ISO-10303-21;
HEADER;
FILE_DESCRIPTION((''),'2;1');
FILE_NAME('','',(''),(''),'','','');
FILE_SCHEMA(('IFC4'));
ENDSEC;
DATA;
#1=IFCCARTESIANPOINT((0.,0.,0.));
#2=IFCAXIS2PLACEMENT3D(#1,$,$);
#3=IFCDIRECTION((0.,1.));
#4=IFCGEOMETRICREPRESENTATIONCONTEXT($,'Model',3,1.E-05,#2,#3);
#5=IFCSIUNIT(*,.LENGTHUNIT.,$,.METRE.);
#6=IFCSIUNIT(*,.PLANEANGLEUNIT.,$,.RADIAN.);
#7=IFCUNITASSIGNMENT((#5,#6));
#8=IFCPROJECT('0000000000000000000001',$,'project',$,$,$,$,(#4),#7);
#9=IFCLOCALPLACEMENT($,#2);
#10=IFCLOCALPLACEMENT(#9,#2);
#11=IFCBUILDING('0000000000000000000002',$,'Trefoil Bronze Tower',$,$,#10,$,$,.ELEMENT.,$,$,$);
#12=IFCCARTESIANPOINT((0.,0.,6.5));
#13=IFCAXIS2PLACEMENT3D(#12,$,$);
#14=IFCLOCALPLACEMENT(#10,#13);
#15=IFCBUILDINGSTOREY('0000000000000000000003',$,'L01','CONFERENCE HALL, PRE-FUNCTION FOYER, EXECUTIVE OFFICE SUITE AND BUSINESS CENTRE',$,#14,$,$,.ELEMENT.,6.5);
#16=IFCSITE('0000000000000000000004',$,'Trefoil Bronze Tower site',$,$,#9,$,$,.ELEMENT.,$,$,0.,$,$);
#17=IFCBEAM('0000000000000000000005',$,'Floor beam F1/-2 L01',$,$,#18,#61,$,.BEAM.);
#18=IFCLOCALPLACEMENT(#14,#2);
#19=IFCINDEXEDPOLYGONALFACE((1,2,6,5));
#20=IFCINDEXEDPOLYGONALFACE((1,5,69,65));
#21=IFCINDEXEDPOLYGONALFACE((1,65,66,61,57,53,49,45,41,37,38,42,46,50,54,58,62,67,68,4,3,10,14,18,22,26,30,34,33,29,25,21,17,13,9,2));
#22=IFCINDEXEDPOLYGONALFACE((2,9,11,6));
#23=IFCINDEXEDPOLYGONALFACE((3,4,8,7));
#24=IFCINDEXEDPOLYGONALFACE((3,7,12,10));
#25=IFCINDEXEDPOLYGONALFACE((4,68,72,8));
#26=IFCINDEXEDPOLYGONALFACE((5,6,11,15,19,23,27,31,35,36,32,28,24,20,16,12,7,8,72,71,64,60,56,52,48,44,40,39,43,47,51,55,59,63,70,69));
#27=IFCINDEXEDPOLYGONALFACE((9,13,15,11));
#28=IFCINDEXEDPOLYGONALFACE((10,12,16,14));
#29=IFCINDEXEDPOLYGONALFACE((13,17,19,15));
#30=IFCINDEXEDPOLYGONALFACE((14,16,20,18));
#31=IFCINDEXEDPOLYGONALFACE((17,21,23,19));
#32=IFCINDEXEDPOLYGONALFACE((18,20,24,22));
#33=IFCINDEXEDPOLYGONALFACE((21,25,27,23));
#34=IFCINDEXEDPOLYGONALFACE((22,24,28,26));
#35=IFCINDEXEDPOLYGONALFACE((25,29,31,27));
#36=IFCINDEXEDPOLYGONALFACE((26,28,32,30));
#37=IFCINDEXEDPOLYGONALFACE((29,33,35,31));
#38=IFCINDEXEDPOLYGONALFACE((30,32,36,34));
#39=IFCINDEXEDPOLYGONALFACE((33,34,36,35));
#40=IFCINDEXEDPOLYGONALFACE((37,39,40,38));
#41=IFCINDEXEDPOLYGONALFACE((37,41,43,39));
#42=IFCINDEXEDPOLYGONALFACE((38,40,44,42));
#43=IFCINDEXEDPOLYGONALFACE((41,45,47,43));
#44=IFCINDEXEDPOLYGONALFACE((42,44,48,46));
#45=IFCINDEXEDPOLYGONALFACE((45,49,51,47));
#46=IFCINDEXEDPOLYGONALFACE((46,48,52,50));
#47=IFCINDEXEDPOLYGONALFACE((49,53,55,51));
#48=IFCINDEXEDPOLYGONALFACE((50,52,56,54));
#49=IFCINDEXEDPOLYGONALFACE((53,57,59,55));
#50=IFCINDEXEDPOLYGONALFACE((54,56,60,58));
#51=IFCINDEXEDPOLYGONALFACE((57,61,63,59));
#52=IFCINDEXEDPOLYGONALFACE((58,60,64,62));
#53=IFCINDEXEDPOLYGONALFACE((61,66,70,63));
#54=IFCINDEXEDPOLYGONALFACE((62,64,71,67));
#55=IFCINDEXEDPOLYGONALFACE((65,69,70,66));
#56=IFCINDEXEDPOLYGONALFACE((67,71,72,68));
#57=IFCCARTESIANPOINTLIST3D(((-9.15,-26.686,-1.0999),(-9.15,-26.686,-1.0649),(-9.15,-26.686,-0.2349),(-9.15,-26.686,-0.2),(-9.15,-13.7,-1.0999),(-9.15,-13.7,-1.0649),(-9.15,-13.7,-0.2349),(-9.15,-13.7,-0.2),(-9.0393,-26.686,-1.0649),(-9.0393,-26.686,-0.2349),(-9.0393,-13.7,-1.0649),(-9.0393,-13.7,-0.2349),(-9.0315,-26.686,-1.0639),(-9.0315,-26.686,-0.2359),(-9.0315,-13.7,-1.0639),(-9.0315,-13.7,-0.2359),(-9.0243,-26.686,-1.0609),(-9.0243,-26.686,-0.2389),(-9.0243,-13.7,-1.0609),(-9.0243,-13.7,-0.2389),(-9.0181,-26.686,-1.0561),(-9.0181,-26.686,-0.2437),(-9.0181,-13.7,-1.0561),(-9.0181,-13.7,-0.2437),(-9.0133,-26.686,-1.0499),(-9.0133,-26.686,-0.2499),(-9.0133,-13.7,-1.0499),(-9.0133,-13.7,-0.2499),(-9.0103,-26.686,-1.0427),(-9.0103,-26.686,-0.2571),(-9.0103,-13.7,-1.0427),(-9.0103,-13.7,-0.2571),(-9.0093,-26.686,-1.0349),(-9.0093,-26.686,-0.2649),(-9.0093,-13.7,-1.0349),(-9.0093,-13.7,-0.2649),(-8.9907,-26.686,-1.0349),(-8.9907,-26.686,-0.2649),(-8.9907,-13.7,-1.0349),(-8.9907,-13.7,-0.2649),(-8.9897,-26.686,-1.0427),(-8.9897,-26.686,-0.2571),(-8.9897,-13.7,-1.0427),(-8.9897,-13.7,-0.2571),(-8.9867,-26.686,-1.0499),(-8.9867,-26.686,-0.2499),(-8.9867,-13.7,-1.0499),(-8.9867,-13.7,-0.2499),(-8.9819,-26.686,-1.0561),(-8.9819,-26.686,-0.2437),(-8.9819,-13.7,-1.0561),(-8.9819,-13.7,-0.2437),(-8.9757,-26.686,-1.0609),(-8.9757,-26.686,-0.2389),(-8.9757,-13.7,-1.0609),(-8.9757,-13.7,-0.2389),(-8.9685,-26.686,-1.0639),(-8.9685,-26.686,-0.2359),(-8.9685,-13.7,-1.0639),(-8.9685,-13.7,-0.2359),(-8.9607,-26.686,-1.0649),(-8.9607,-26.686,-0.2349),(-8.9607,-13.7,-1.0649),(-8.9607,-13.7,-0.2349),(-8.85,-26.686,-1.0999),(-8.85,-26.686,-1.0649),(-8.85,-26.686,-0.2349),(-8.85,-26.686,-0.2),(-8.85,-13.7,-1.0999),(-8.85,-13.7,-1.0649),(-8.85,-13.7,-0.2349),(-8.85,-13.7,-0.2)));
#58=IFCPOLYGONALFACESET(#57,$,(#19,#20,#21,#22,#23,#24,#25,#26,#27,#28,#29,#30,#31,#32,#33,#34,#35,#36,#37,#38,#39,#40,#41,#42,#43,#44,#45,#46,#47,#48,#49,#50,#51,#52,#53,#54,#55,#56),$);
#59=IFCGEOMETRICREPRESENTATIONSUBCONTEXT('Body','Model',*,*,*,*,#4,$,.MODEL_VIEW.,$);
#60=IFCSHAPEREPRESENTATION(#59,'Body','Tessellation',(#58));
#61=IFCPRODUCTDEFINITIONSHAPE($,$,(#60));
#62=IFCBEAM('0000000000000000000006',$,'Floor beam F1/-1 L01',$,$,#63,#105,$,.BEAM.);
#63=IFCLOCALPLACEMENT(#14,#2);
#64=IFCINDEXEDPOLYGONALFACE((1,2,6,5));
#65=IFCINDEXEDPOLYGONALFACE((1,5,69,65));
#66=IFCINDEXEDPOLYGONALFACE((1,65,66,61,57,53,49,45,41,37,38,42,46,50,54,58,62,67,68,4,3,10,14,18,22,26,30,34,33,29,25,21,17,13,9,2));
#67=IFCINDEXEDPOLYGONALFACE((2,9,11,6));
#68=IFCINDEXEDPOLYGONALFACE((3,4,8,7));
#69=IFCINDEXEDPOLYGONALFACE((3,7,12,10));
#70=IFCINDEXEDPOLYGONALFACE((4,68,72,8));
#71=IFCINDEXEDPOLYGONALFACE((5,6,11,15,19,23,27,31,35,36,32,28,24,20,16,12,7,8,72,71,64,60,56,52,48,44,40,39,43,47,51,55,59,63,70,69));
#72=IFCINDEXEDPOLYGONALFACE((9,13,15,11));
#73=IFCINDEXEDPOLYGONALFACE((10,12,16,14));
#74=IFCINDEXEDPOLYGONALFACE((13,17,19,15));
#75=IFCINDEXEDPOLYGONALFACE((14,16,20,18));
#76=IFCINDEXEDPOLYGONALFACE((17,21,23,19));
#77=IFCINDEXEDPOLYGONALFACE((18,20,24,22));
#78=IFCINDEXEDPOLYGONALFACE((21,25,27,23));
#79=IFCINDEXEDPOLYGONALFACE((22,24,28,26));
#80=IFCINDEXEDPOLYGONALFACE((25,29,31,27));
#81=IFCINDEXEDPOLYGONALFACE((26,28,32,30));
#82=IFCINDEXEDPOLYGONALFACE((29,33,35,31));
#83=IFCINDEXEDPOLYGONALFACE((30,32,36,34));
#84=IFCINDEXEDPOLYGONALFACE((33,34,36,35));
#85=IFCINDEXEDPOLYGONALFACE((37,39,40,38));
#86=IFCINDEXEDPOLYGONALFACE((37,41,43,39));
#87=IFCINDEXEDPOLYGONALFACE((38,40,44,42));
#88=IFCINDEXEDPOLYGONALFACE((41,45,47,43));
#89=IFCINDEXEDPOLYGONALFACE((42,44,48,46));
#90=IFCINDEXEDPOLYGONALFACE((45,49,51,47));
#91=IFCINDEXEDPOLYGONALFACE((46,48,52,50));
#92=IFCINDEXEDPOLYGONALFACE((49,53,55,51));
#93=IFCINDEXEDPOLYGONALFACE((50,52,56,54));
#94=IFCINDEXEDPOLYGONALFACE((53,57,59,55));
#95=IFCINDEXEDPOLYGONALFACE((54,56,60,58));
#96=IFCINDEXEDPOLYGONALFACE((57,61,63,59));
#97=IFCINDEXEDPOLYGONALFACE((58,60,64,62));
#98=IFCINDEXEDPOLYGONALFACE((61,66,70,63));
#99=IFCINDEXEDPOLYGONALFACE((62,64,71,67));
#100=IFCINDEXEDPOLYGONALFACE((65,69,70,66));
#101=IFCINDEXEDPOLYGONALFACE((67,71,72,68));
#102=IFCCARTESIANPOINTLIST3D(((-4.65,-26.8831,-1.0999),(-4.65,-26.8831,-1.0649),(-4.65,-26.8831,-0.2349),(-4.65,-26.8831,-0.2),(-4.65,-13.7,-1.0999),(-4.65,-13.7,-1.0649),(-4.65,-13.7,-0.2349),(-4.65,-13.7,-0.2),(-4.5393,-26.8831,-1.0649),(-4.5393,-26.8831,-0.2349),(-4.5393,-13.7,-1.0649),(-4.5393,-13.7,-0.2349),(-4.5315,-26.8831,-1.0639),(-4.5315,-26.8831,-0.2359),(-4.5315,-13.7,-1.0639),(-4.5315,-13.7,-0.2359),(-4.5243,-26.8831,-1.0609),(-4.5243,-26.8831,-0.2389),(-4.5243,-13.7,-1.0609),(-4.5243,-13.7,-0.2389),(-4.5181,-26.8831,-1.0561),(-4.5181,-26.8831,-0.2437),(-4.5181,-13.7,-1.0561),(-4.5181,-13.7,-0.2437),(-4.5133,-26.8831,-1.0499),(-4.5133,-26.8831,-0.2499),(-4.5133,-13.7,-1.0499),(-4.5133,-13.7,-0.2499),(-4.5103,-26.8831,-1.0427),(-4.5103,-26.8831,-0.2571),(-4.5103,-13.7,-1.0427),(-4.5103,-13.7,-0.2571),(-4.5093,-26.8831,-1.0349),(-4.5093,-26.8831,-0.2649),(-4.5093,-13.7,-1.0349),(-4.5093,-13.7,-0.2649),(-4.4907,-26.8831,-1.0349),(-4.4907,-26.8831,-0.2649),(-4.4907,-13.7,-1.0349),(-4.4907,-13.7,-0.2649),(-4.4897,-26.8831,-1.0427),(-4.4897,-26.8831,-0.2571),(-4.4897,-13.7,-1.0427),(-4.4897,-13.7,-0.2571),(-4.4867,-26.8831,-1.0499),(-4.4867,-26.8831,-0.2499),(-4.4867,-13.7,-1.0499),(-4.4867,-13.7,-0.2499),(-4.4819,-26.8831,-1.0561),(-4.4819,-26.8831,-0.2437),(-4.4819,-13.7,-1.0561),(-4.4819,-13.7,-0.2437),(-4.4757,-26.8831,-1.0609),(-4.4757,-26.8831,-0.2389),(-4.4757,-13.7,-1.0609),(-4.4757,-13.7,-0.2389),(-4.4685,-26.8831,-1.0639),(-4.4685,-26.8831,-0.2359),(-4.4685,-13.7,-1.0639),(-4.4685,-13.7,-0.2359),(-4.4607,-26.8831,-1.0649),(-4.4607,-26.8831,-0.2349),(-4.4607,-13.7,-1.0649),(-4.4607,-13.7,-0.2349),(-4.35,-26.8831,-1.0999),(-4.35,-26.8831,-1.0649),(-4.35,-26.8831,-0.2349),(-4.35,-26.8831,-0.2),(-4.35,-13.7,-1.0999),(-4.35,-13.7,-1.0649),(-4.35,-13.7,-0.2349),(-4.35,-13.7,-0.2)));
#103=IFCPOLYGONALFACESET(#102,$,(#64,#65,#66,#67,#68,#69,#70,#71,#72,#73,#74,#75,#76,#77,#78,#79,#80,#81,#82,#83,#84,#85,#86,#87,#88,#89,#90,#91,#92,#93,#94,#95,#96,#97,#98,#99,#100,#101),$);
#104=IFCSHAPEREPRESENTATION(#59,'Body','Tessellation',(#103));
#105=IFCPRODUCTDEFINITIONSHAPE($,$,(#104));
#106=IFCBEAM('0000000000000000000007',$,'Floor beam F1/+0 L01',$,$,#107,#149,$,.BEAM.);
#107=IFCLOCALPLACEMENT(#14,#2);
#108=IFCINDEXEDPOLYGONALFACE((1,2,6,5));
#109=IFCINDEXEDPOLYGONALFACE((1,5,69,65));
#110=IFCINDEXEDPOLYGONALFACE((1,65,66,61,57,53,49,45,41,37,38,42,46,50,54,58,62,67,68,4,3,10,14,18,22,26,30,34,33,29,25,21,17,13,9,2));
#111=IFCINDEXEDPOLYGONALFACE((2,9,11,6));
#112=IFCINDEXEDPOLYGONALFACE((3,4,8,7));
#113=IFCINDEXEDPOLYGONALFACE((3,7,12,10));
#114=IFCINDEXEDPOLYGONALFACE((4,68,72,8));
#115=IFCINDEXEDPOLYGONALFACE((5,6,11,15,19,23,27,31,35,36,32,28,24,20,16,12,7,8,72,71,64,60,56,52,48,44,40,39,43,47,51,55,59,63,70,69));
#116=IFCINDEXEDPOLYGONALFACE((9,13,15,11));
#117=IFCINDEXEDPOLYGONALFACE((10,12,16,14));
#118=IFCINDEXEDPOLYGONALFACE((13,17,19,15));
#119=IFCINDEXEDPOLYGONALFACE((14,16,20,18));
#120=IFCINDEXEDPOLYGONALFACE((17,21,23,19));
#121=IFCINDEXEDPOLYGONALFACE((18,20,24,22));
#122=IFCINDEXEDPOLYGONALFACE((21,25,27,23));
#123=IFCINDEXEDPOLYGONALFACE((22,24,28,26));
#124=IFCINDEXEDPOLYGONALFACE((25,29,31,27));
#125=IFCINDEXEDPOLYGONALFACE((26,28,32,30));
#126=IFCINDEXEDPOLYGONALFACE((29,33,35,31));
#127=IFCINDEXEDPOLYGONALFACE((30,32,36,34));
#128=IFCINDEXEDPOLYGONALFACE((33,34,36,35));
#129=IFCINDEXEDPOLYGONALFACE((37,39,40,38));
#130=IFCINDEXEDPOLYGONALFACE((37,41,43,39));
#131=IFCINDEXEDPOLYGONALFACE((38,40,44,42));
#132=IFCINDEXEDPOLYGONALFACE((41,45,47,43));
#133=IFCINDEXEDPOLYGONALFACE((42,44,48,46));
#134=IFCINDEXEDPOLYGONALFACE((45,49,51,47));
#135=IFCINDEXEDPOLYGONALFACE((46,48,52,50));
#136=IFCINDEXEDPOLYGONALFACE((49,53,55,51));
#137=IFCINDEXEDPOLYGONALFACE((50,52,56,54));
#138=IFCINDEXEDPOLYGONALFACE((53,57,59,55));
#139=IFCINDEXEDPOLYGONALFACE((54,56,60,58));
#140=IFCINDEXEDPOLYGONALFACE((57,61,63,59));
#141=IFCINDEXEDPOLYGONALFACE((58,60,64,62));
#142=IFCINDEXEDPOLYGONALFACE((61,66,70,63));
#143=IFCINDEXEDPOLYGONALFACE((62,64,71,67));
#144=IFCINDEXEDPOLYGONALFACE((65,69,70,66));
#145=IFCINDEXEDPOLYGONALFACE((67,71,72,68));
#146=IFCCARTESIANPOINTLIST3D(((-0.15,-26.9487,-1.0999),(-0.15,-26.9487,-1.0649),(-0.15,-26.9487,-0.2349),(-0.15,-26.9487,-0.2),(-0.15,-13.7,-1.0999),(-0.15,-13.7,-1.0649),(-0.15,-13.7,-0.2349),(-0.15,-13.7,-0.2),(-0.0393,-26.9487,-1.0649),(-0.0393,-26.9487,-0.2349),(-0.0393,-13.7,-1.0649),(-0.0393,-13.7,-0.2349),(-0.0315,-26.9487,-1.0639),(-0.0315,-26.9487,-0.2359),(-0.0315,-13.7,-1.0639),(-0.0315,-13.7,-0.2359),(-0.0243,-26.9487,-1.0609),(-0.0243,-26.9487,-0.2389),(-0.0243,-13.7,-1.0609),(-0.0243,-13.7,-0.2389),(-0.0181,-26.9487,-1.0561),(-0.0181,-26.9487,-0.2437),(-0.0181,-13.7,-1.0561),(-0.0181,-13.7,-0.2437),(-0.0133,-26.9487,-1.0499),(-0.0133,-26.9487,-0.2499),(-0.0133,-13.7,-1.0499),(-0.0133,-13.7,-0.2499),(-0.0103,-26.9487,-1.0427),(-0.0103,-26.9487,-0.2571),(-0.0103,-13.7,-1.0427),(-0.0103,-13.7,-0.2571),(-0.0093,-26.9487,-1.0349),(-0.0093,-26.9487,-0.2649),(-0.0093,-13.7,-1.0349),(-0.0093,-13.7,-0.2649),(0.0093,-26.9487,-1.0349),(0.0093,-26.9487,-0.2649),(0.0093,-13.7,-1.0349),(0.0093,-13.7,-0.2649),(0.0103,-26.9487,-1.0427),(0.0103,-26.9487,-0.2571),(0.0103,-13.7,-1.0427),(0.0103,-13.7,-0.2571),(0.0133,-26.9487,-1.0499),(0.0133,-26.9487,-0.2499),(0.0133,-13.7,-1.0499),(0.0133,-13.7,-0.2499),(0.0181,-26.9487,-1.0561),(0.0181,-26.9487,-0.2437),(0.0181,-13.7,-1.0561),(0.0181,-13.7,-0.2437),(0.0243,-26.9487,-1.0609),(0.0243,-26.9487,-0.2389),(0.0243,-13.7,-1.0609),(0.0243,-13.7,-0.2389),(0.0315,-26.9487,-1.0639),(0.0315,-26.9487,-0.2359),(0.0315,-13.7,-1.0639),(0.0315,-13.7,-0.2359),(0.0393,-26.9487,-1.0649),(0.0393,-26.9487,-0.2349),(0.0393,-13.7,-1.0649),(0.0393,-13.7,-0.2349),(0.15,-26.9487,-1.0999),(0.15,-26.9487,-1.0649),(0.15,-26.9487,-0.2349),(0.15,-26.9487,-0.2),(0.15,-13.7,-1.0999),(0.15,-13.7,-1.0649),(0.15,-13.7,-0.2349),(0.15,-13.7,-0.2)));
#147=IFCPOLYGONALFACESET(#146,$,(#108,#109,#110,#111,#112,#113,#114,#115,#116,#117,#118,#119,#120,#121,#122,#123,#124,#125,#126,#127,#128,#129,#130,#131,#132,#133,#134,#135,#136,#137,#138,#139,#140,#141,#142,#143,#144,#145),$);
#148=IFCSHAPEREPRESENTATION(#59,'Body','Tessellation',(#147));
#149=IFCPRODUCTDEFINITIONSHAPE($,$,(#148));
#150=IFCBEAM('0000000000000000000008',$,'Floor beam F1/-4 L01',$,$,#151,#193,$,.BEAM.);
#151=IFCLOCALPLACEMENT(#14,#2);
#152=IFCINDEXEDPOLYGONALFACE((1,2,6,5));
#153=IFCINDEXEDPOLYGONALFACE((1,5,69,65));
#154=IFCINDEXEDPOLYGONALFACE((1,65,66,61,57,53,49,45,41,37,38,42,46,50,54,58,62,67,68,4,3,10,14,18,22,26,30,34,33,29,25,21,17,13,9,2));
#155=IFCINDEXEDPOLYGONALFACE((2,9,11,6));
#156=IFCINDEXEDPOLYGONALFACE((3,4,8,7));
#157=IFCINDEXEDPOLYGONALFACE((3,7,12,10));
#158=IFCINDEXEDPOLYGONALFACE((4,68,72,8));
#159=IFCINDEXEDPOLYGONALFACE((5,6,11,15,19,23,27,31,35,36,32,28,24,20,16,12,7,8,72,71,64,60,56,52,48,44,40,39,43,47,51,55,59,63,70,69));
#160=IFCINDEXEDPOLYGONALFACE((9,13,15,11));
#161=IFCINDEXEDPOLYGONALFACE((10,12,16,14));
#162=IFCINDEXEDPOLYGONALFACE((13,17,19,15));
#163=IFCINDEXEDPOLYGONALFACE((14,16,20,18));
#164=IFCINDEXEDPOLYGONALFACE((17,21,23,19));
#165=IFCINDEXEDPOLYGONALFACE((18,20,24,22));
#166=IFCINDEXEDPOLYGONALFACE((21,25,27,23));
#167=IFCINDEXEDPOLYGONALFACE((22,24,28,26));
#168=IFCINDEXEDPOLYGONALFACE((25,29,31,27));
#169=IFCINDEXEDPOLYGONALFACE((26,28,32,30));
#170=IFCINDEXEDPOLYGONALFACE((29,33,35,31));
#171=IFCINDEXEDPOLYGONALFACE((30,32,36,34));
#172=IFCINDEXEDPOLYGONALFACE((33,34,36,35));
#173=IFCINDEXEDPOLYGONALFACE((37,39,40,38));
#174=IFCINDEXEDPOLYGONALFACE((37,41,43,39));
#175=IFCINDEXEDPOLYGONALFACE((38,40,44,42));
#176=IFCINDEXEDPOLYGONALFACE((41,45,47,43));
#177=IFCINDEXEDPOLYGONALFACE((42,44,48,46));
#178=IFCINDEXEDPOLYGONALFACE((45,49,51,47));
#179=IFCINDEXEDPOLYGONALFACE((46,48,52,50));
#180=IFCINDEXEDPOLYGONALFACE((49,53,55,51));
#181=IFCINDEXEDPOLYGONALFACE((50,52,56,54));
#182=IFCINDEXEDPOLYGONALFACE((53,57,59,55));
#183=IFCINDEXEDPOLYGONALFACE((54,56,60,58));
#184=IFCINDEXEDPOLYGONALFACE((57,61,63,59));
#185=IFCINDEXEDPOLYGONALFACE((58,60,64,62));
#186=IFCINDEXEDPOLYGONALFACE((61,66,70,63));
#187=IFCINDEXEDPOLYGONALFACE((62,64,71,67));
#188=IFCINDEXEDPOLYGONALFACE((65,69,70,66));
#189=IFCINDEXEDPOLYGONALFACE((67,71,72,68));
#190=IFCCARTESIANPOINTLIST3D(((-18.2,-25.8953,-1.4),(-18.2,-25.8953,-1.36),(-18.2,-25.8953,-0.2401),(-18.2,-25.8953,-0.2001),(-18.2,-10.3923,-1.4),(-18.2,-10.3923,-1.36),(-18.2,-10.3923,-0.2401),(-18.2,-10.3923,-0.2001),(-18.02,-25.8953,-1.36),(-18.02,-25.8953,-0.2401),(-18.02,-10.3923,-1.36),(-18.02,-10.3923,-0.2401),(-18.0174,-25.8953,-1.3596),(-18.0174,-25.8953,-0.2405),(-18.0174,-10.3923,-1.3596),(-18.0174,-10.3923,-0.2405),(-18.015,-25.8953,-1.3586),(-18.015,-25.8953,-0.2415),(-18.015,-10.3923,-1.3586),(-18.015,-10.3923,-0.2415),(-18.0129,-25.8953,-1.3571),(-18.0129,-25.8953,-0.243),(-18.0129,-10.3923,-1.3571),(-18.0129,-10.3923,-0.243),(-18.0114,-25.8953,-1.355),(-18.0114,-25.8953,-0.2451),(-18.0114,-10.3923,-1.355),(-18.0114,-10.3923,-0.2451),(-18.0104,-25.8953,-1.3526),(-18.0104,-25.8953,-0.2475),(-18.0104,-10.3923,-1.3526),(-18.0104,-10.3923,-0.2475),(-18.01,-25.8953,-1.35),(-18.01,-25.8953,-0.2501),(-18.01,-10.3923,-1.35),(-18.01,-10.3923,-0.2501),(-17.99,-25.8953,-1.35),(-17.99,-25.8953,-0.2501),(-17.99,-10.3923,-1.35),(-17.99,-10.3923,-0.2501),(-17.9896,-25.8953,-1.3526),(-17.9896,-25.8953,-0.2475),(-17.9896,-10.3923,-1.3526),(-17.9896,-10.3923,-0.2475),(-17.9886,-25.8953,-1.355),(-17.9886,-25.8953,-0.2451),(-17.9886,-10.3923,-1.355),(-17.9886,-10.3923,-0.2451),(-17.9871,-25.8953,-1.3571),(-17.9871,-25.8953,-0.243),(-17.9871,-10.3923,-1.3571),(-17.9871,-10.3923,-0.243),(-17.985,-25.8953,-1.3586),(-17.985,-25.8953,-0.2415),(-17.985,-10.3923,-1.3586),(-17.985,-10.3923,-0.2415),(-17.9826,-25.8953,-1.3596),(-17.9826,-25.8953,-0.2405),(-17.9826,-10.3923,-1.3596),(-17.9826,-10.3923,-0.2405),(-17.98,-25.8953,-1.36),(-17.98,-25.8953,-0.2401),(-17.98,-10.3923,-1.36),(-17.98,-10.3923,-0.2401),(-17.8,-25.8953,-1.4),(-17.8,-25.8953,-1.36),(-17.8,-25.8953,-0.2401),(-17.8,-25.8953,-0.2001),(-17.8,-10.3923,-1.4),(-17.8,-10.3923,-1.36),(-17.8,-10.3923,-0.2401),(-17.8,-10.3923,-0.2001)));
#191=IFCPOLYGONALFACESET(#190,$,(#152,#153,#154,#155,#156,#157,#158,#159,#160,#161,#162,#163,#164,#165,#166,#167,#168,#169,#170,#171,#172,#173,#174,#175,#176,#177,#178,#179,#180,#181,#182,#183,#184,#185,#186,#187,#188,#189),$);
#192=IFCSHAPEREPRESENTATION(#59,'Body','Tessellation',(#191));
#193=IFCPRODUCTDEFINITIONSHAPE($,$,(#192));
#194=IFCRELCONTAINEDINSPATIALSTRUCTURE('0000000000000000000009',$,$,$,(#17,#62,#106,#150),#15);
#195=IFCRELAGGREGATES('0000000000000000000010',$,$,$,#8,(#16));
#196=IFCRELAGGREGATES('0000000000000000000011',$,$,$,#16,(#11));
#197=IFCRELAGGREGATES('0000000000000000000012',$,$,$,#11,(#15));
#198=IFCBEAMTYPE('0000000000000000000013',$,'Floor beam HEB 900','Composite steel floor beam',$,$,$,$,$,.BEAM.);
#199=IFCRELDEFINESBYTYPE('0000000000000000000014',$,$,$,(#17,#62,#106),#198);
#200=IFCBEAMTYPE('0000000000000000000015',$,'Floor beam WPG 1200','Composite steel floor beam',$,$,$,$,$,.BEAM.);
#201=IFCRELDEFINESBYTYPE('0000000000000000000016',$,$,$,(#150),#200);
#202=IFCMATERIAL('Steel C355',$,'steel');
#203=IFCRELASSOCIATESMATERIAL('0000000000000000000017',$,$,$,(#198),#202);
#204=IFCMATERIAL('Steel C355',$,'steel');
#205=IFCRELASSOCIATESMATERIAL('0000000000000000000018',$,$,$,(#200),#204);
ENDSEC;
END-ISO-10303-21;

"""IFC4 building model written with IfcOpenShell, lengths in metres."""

from ifc_helpers import new_model, si_unit, direction, frame, origin, origin_2d, place, context, subcontext, project, spatial, i_section, extrude, material, material_profile, profile_set, type_object, element, save


model = new_model("IFC4")

# Units and contexts
model_context = context("Model", 3, precision=1e-05, world=origin(), true_north=direction((0.0, 1.0)))
body_context = subcontext(model_context, "Body", "Model", "MODEL_VIEW")
ifc_project = project(units=[si_unit("LENGTHUNIT", "METRE"), si_unit("PLANEANGLEUNIT", "RADIAN")], contexts=[model_context])

# Site, building, storey
site_placement = place(None, origin())
site = spatial("IfcSite", under=ifc_project, at=site_placement, Name="Trefoil Bronze Tower site", CompositionType="ELEMENT", RefElevation=0.0)
building_placement = place(site_placement, origin())
building = spatial("IfcBuilding", under=site, at=building_placement, Name="Trefoil Bronze Tower", CompositionType="ELEMENT")
storey_placement = place(building_placement, frame((0.0, 0.0, 6.5)))
storey = spatial("IfcBuildingStorey", under=building, at=storey_placement, Name="L01", Description="CONFERENCE HALL, PRE-FUNCTION FOYER, EXECUTIVE OFFICE SUITE AND BUSINESS CENTRE", CompositionType="ELEMENT", Elevation=6.5)

# Beams
ifc_material_1 = material(Name="Steel C355", Category="steel")
ifc_material_profile_1 = material_profile(ifc_material_1, i_section(OverallWidth=0.3, OverallDepth=0.8999, WebThickness=0.0186, FlangeThickness=0.0349, FilletRadius=0.03, at=origin_2d()), Name="HEB 900")
ifc_profile_set_1 = profile_set([ifc_material_profile_1], Name="Steel C355")
beam_type_1 = type_object("IfcBeamType", Name="Floor beam HEB 900", Description="Composite steel floor beam", PredefinedType="BEAM", material=ifc_profile_set_1)
beam_1_placement = place(storey_placement, frame((-9.0, -26.686, -0.6499), z_axis=(0.0, 1.0, 0.0), x_axis=(-1.0, 0.0, 0.0)))
element("IfcBeam", 1, at=beam_1_placement, inside=storey, type_object=beam_type_1, Name="Floor beam F1/-2 L01", PredefinedType="BEAM", context=body_context, shape_type="SweptSolid", body=[
    extrude(i_section(OverallWidth=0.3, OverallDepth=0.8999, WebThickness=0.0186, FlangeThickness=0.0349, FilletRadius=0.03, at=origin_2d()), origin(), (0.0, 0.0, 1.0), 12.9861),
])
beam_2_placement = place(storey_placement, frame((-4.5, -26.8831, -0.6499), z_axis=(0.0, 1.0, 0.0), x_axis=(-1.0, 0.0, 0.0)))
element("IfcBeam", 2, at=beam_2_placement, inside=storey, type_object=beam_type_1, Name="Floor beam F1/-1 L01", PredefinedType="BEAM", context=body_context, shape_type="SweptSolid", body=[
    extrude(i_section(OverallWidth=0.3, OverallDepth=0.8999, WebThickness=0.0186, FlangeThickness=0.0349, FilletRadius=0.03, at=origin_2d()), origin(), (0.0, 0.0, 1.0), 13.1831),
])
beam_3_placement = place(storey_placement, frame((0.0, -26.9487, -0.6499), z_axis=(0.0, 1.0, 0.0), x_axis=(-1.0, 0.0, 0.0)))
element("IfcBeam", 3, at=beam_3_placement, inside=storey, type_object=beam_type_1, Name="Floor beam F1/+0 L01", PredefinedType="BEAM", context=body_context, shape_type="SweptSolid", body=[
    extrude(i_section(OverallWidth=0.3, OverallDepth=0.8999, WebThickness=0.0186, FlangeThickness=0.0349, FilletRadius=0.03, at=origin_2d()), origin(), (0.0, 0.0, 1.0), 13.2488),
])
ifc_material_2 = material(Name="Steel C355", Category="steel")
ifc_material_profile_2 = material_profile(ifc_material_2, i_section(OverallWidth=0.3999, OverallDepth=1.2, WebThickness=0.02, FlangeThickness=0.04, FilletRadius=0.01, at=origin_2d()), Name="WPG 1200")
ifc_profile_set_2 = profile_set([ifc_material_profile_2], Name="Steel C355")
beam_type_2 = type_object("IfcBeamType", Name="Floor beam WPG 1200", Description="Composite steel floor beam", PredefinedType="BEAM", material=ifc_profile_set_2)
beam_4_placement = place(storey_placement, frame((-18.0, -25.8953, -0.8), z_axis=(0.0, 1.0, 0.0), x_axis=(-1.0, 0.0, 0.0)))
element("IfcBeam", 4, at=beam_4_placement, inside=storey, type_object=beam_type_2, Name="Floor beam F1/-4 L01", PredefinedType="BEAM", context=body_context, shape_type="SweptSolid", body=[
    extrude(i_section(OverallWidth=0.3999, OverallDepth=1.2, WebThickness=0.02, FlangeThickness=0.04, FilletRadius=0.01, at=origin_2d()), origin(), (0.0, 0.0, 1.0), 15.5029),
])

save(model, "model.ifc")
